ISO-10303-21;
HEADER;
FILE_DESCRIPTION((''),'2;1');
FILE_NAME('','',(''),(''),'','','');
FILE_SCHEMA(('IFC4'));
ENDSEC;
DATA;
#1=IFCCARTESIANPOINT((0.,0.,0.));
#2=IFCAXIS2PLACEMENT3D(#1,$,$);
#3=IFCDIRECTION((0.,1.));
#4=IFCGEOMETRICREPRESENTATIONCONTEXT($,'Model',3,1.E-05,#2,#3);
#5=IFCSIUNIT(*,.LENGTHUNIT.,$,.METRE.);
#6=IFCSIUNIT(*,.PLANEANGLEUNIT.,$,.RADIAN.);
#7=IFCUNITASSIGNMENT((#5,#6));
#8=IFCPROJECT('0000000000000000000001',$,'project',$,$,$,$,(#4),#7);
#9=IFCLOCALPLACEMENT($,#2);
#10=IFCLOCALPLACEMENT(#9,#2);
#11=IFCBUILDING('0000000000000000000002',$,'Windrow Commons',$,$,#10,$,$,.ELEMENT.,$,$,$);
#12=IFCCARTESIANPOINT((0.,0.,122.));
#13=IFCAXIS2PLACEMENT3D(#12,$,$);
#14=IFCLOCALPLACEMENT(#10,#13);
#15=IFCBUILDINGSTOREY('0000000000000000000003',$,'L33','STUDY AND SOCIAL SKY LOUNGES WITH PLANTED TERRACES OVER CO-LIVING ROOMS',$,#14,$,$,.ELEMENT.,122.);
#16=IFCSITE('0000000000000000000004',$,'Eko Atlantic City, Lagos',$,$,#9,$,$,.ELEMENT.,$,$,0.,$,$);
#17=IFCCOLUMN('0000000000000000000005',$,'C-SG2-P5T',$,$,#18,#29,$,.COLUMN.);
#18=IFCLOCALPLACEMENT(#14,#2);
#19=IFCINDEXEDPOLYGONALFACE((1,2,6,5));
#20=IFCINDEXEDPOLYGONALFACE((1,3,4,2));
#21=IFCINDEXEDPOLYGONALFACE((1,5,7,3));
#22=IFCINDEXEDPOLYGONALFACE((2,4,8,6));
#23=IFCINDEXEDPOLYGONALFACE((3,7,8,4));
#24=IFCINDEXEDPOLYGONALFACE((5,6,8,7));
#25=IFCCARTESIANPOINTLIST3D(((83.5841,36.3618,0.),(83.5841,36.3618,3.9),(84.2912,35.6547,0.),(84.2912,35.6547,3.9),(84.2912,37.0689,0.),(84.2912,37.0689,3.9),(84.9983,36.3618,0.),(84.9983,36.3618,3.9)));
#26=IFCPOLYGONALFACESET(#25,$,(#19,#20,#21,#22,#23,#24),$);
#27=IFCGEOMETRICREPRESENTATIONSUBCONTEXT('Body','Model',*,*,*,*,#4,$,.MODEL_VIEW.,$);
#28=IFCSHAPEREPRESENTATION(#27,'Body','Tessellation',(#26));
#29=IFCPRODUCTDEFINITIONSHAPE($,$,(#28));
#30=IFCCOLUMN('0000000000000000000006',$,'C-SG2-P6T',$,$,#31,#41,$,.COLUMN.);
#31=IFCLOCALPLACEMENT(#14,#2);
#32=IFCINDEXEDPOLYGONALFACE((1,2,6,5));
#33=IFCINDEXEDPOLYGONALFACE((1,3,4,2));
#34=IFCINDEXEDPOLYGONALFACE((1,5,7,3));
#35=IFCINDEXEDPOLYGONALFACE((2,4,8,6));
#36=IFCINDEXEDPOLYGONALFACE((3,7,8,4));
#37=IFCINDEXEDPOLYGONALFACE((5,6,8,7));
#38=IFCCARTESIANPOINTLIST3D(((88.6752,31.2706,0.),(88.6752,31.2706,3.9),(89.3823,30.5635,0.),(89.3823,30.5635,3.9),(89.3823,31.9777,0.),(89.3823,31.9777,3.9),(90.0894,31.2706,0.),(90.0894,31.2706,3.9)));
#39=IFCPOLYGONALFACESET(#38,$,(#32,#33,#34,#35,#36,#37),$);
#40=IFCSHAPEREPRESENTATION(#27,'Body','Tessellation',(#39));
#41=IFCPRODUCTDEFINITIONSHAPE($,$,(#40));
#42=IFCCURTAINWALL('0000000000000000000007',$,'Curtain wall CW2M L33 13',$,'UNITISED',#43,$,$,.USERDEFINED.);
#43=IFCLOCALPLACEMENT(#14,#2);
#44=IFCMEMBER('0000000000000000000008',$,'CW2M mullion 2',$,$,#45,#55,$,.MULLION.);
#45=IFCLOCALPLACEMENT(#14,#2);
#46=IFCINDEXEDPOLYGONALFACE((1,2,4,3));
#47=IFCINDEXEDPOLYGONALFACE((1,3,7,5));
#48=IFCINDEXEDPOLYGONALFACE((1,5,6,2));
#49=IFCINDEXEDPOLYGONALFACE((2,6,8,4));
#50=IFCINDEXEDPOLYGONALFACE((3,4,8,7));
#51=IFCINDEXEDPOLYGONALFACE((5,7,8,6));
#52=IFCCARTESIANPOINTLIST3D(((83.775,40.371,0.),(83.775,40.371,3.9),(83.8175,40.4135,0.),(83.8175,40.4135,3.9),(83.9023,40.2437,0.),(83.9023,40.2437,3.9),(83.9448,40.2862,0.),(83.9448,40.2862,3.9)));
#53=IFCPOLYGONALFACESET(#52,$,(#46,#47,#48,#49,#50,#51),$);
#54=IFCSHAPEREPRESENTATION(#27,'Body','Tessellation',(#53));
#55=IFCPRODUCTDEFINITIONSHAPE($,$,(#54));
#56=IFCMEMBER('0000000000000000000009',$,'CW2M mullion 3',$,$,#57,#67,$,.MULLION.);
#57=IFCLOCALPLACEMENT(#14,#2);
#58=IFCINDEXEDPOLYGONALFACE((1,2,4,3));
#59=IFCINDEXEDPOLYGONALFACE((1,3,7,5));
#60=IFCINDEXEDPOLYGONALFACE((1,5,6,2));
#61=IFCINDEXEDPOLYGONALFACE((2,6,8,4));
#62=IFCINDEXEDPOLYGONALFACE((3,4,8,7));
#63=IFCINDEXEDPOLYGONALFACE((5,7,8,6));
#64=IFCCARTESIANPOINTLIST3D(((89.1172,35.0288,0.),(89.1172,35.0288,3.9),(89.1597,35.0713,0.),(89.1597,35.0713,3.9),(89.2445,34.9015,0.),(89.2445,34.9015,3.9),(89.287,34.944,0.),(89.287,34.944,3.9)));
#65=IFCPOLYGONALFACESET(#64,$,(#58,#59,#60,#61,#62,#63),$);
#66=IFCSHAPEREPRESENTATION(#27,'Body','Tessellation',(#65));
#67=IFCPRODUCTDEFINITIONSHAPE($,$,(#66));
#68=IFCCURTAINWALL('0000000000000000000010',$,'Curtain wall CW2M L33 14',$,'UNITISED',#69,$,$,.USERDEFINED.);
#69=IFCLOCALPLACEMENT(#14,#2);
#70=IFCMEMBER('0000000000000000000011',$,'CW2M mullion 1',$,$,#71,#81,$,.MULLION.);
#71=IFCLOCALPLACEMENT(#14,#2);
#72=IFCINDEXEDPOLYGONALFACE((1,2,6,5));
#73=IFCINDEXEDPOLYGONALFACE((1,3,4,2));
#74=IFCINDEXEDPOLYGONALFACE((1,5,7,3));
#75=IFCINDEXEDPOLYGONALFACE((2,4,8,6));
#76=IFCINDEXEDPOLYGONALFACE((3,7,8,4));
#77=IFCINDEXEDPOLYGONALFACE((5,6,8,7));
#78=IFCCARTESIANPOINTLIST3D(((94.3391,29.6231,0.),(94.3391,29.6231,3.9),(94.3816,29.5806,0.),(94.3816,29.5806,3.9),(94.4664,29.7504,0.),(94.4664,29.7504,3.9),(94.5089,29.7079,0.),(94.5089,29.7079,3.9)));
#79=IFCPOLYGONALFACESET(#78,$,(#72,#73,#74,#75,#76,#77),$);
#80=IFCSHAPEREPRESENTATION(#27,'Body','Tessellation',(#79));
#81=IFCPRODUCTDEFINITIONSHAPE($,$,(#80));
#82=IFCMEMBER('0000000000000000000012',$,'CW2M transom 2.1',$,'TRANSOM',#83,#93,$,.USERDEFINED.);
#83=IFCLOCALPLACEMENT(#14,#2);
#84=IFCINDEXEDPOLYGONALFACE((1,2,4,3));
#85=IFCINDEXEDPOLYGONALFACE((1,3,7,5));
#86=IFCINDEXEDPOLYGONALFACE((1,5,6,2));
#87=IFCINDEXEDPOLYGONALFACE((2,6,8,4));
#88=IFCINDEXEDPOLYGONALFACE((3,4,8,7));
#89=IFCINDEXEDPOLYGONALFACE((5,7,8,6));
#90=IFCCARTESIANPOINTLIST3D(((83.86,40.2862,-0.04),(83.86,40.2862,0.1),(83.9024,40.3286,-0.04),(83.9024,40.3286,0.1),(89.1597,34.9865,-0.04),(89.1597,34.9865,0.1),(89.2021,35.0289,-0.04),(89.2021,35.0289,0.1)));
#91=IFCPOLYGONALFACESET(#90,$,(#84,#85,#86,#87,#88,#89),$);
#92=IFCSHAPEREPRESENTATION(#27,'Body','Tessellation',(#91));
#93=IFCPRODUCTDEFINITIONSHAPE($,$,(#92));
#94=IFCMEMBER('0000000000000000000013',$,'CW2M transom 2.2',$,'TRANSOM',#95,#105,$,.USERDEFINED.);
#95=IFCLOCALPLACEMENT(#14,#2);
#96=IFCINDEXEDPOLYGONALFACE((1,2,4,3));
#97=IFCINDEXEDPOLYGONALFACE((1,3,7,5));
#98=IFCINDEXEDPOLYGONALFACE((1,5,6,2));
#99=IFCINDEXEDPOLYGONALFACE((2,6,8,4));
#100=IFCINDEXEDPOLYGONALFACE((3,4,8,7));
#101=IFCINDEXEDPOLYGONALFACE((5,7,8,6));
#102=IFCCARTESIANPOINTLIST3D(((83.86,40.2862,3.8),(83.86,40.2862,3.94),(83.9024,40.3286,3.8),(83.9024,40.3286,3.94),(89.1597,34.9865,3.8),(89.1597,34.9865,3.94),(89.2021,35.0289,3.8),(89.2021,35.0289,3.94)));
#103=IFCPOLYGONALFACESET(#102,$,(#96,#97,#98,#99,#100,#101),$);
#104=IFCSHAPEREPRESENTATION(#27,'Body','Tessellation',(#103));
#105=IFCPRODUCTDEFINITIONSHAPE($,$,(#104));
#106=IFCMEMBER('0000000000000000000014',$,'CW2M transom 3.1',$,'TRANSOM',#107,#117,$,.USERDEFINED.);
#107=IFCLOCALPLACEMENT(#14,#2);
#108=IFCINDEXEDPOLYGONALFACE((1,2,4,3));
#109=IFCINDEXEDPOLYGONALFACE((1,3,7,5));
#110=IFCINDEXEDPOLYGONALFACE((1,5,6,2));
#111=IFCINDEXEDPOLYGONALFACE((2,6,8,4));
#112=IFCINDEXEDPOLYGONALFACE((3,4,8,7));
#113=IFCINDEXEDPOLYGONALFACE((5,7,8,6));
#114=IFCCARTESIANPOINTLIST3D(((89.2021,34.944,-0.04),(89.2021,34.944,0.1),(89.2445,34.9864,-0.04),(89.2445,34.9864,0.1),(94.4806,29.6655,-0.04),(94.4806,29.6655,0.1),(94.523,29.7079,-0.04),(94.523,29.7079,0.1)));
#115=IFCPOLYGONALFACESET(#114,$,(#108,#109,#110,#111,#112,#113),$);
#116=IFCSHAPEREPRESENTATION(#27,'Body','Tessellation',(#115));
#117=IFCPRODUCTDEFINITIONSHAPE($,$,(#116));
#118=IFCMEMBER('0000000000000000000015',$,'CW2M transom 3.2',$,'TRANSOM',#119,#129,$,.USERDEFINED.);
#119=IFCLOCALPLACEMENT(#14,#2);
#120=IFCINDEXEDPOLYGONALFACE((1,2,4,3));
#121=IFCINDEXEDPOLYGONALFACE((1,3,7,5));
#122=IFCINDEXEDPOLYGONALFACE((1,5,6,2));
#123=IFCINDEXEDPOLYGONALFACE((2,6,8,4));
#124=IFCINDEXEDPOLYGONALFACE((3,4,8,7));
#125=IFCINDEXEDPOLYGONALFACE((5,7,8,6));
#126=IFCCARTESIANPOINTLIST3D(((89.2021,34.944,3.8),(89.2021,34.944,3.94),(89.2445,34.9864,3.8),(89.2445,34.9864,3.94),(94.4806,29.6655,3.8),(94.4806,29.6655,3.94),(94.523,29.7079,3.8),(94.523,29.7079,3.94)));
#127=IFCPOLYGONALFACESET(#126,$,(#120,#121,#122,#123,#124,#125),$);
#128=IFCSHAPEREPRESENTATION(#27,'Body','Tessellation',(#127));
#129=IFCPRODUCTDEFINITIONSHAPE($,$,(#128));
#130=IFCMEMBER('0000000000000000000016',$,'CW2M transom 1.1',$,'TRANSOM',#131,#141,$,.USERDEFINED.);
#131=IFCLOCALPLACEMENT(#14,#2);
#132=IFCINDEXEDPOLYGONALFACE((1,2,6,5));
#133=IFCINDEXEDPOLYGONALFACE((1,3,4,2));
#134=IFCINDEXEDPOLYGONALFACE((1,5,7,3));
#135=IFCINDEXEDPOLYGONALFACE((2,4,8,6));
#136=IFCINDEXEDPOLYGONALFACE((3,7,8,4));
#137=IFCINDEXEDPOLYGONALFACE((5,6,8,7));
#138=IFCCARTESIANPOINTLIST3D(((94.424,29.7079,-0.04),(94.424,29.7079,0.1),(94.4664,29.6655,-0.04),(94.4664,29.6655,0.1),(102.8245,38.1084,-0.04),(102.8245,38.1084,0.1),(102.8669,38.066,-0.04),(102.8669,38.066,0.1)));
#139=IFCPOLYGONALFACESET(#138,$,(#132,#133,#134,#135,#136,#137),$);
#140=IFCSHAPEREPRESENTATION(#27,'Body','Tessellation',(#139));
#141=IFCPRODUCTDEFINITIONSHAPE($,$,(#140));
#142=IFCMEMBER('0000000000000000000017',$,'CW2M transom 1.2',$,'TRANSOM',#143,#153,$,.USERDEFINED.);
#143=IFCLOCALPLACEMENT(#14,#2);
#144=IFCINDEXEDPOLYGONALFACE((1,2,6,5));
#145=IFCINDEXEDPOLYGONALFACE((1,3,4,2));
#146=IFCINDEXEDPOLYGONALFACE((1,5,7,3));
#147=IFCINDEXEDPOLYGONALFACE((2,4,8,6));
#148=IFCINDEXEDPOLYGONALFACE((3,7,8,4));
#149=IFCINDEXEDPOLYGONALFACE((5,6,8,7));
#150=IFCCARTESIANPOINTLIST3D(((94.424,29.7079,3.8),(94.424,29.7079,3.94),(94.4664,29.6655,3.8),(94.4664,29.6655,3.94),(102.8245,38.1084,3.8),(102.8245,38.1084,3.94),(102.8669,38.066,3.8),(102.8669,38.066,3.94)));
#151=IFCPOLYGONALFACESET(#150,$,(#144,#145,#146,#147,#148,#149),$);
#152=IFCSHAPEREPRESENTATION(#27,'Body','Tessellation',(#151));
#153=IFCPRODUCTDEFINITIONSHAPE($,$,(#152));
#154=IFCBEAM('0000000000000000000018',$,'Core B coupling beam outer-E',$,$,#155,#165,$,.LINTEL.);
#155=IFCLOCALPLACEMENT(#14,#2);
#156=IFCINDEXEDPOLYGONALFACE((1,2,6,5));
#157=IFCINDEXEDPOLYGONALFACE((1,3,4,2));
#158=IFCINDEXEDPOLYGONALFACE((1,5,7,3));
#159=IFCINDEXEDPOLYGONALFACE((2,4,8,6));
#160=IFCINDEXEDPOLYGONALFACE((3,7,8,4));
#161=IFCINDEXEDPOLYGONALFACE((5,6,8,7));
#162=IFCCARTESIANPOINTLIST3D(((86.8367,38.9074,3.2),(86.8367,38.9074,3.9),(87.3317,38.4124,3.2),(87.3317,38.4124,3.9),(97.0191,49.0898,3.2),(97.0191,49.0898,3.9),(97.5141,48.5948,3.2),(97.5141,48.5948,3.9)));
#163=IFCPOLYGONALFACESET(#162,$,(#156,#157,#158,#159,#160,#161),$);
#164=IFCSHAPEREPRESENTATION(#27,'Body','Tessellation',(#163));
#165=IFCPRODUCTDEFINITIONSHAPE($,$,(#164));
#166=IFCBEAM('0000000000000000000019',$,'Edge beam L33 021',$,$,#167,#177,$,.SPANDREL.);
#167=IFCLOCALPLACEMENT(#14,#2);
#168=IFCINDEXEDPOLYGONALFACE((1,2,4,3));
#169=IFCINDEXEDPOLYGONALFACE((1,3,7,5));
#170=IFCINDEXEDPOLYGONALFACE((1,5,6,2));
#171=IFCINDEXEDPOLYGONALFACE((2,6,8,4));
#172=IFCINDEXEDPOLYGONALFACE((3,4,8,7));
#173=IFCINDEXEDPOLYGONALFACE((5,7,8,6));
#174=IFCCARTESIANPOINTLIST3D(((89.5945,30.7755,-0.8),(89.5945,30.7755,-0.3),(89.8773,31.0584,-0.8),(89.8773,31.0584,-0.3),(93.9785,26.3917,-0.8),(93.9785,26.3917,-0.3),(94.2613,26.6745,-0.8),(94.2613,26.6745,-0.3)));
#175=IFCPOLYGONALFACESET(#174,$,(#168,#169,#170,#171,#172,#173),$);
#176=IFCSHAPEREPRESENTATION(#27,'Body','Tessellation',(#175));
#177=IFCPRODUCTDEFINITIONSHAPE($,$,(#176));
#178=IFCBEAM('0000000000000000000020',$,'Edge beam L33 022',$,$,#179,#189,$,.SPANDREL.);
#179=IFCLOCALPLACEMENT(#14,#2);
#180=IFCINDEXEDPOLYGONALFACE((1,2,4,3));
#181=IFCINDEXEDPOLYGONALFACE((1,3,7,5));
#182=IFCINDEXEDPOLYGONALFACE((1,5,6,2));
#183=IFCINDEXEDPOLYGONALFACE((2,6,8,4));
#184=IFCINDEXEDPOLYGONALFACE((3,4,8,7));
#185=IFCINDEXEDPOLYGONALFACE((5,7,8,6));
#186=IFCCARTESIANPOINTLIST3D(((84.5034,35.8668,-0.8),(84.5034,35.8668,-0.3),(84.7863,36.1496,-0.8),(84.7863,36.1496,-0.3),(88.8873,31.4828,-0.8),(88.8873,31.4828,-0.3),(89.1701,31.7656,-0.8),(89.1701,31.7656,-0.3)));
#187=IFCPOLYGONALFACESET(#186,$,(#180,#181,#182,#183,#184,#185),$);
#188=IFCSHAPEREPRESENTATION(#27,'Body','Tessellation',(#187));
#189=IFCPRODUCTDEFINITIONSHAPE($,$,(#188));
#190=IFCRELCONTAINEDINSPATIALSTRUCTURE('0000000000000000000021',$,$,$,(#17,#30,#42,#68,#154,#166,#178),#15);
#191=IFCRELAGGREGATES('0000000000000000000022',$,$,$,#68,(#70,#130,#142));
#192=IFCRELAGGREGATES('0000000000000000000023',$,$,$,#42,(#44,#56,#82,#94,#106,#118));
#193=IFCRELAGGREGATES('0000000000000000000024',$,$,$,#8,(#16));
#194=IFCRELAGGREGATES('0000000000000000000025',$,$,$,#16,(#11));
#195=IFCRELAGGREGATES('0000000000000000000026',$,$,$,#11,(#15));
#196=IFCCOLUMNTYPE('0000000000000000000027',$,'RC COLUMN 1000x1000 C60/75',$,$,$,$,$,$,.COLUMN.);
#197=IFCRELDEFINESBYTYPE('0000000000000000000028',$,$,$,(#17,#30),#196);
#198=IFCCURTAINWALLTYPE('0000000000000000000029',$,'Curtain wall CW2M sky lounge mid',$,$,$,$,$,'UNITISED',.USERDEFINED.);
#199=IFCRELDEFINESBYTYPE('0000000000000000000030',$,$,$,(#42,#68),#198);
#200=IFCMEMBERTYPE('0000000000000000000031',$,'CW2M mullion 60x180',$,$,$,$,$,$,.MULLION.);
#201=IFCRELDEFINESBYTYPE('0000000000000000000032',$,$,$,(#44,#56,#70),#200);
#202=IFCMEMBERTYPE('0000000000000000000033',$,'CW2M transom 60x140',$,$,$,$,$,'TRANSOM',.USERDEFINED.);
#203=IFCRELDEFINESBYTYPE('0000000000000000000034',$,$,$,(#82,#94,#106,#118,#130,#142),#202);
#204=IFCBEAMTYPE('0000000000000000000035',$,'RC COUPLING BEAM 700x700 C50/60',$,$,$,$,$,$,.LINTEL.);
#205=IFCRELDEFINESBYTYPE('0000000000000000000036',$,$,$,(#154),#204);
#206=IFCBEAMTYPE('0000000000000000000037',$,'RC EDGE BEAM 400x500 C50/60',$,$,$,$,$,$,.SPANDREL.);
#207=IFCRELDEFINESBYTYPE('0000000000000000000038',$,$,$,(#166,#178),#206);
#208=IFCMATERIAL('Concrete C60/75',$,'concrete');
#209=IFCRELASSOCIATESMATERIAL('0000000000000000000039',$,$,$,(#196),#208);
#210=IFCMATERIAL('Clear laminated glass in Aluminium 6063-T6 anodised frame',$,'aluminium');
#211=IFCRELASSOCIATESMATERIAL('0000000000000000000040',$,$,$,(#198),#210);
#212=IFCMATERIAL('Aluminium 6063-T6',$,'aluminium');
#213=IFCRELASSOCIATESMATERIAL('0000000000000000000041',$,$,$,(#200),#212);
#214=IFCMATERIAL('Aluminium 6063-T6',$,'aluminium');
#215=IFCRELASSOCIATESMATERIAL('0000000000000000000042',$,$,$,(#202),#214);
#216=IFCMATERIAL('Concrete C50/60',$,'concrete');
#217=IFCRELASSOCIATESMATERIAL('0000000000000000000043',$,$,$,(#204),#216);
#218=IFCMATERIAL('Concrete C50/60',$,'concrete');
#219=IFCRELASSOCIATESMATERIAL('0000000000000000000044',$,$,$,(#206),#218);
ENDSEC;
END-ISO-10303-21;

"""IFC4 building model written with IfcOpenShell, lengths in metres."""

from ifc_helpers import new_model, si_unit, direction, frame, origin, origin_2d, place, context, subcontext, project, spatial, rectangle, extrude, material, material_profile, profile_set, type_object, element, aggregate, save


model = new_model("IFC4")

# Units and contexts
model_context = context("Model", 3, precision=1e-05, world=origin(), true_north=direction((0.0, 1.0)))
body_context = subcontext(model_context, "Body", "Model", "MODEL_VIEW")
ifc_project = project(units=[si_unit("LENGTHUNIT", "METRE"), si_unit("PLANEANGLEUNIT", "RADIAN")], contexts=[model_context])

# Site, building, storey
site_placement = place(None, origin())
site = spatial("IfcSite", under=ifc_project, at=site_placement, Name="Eko Atlantic City, Lagos", CompositionType="ELEMENT", RefElevation=0.0)
building_placement = place(site_placement, origin())
building = spatial("IfcBuilding", under=site, at=building_placement, Name="Windrow Commons", CompositionType="ELEMENT")
storey_placement = place(building_placement, frame((0.0, 0.0, 122.0)))
storey = spatial("IfcBuildingStorey", under=building, at=storey_placement, Name="L33", Description="STUDY AND SOCIAL SKY LOUNGES WITH PLANTED TERRACES OVER CO-LIVING ROOMS", CompositionType="ELEMENT", Elevation=122.0)

# Columns
ifc_material_1 = material(Name="Concrete C60/75", Category="concrete")
ifc_material_profile_1 = material_profile(ifc_material_1, rectangle(XDim=1.0, YDim=1.0, at=origin_2d()))
ifc_profile_set_1 = profile_set([ifc_material_profile_1], Name="Concrete C60/75")
column_type = type_object("IfcColumnType", Name="RC COLUMN 1000x1000 C60/75", PredefinedType="COLUMN", material=ifc_profile_set_1)
for number, where, z_axis, x_axis, name in (
    (1, (84.2912, 36.3618, 0.0), (0.0, 0.0, 1.0), (0.707107, -0.707107, 0.0), "C-SG2-P5T"),
    (2, (89.3823, 31.2706, 0.0), (0.0, 0.0, 1.0), (0.707107, -0.707107, 0.0), "C-SG2-P6T"),
):
    element("IfcColumn", number, at=place(storey_placement, frame(where, z_axis=z_axis, x_axis=x_axis)), inside=storey, type_object=column_type, Name=name, PredefinedType="COLUMN", context=body_context, shape_type="SweptSolid", body=[
        extrude(rectangle(XDim=1.0, YDim=1.0, at=origin_2d()), origin(), (0.0, 0.0, 1.0), 3.9),
    ])

# Curtain wall, members
ifc_material_2 = material(Name="Clear laminated glass in Aluminium 6063-T6 anodised frame", Category="aluminium")
curtain_wall_type = type_object("IfcCurtainWallType", Name="Curtain wall CW2M sky lounge mid", ElementType="UNITISED", PredefinedType="USERDEFINED", material=ifc_material_2)
placement = place(storey_placement, origin())
curtain_wall_1 = element("IfcCurtainWall", 3, at=placement, inside=storey, type_object=curtain_wall_type, Name="Curtain wall CW2M L33 13", ObjectType="UNITISED", PredefinedType="USERDEFINED")
ifc_material_3 = material(Name="Aluminium 6063-T6", Category="aluminium")
ifc_material_profile_2 = material_profile(ifc_material_3, rectangle(XDim=0.06, YDim=0.18, at=origin_2d()))
ifc_profile_set_2 = profile_set([ifc_material_profile_2], Name="Aluminium 6063-T6")
member_type_1 = type_object("IfcMemberType", Name="CW2M mullion 60x180", PredefinedType="MULLION", material=ifc_profile_set_2)
member_1_placement = place(storey_placement, frame((83.8599, 40.3286, 0.0), z_axis=(0.0, 0.0, 1.0), x_axis=(0.707107, 0.707107, 0.0)))
member_1 = element("IfcMember", 4, at=member_1_placement, type_object=member_type_1, Name="CW2M mullion 2", PredefinedType="MULLION", context=body_context, shape_type="SweptSolid", body=[
    extrude(rectangle(XDim=0.06, YDim=0.18, at=origin_2d()), origin(), (0.0, 0.0, 1.0), 3.9),
])
member_2_placement = place(storey_placement, frame((89.2021, 34.9864, 0.0), z_axis=(0.0, 0.0, 1.0), x_axis=(0.707107, 0.707107, 0.0)))
member_2 = element("IfcMember", 5, at=member_2_placement, type_object=member_type_1, Name="CW2M mullion 3", PredefinedType="MULLION", context=body_context, shape_type="SweptSolid", body=[
    extrude(rectangle(XDim=0.06, YDim=0.18, at=origin_2d()), origin(), (0.0, 0.0, 1.0), 3.9),
])

# Curtain wall, member
curtain_wall_2 = element("IfcCurtainWall", 6, at=placement, inside=storey, type_object=curtain_wall_type, Name="Curtain wall CW2M L33 14", ObjectType="UNITISED", PredefinedType="USERDEFINED")
member_3_placement = place(storey_placement, frame((94.424, 29.6655, 0.0), z_axis=(0.0, 0.0, 1.0), x_axis=(-0.707107, 0.707107, 0.0)))
member_3 = element("IfcMember", 7, at=member_3_placement, type_object=member_type_1, Name="CW2M mullion 1", PredefinedType="MULLION", context=body_context, shape_type="SweptSolid", body=[
    extrude(rectangle(XDim=0.06, YDim=0.18, at=origin_2d()), origin(), (0.0, 0.0, 1.0), 3.9),
])

# Members
ifc_material_4 = material(Name="Aluminium 6063-T6", Category="aluminium")
ifc_material_profile_3 = material_profile(ifc_material_4, rectangle(XDim=0.06, YDim=0.14, at=origin_2d()))
ifc_profile_set_3 = profile_set([ifc_material_profile_3], Name="Aluminium 6063-T6")
member_type_2 = type_object("IfcMemberType", Name="CW2M transom 60x140", ElementType="TRANSOM", PredefinedType="USERDEFINED", material=ifc_profile_set_3)
member_4_placement = place(storey_placement, frame((83.8812, 40.3074, 0.03), z_axis=(0.707107, -0.707107, 0.0), x_axis=(0.707107, 0.707107, 0.0)))
member_4 = element("IfcMember", 8, at=member_4_placement, type_object=member_type_2, Name="CW2M transom 2.1", ObjectType="TRANSOM", PredefinedType="USERDEFINED", context=body_context, shape_type="SweptSolid", body=[
    extrude(rectangle(XDim=0.06, YDim=0.14, at=origin_2d()), origin(), (0.0, 0.0, 1.0), 7.4949),
])
member_5_placement = place(storey_placement, frame((83.8812, 40.3074, 3.87), z_axis=(0.707107, -0.707107, 0.0), x_axis=(0.707107, 0.707107, 0.0)))
member_5 = element("IfcMember", 9, at=member_5_placement, type_object=member_type_2, Name="CW2M transom 2.2", ObjectType="TRANSOM", PredefinedType="USERDEFINED", context=body_context, shape_type="SweptSolid", body=[
    extrude(rectangle(XDim=0.06, YDim=0.14, at=origin_2d()), origin(), (0.0, 0.0, 1.0), 7.4949),
])
member_6_placement = place(storey_placement, frame((89.2233, 34.9652, 0.03), z_axis=(0.707107, -0.707107, 0.0), x_axis=(0.707107, 0.707107, 0.0)))
member_6 = element("IfcMember", 10, at=member_6_placement, type_object=member_type_2, Name="CW2M transom 3.1", ObjectType="TRANSOM", PredefinedType="USERDEFINED", context=body_context, shape_type="SweptSolid", body=[
    extrude(rectangle(XDim=0.06, YDim=0.14, at=origin_2d()), origin(), (0.0, 0.0, 1.0), 7.4649),
])
member_7_placement = place(storey_placement, frame((89.2233, 34.9652, 3.87), z_axis=(0.707107, -0.707107, 0.0), x_axis=(0.707107, 0.707107, 0.0)))
member_7 = element("IfcMember", 11, at=member_7_placement, type_object=member_type_2, Name="CW2M transom 3.2", ObjectType="TRANSOM", PredefinedType="USERDEFINED", context=body_context, shape_type="SweptSolid", body=[
    extrude(rectangle(XDim=0.06, YDim=0.14, at=origin_2d()), origin(), (0.0, 0.0, 1.0), 7.4649),
])
member_8_placement = place(storey_placement, frame((94.4452, 29.6867, 0.03), z_axis=(0.707107, 0.707107, 0.0), x_axis=(-0.707107, 0.707107, 0.0)))
member_8 = element("IfcMember", 12, at=member_8_placement, type_object=member_type_2, Name="CW2M transom 1.1", ObjectType="TRANSOM", PredefinedType="USERDEFINED", context=body_context, shape_type="SweptSolid", body=[
    extrude(rectangle(XDim=0.06, YDim=0.14, at=origin_2d()), origin(), (0.0, 0.0, 1.0), 11.8801),
])
member_9_placement = place(storey_placement, frame((94.4452, 29.6867, 3.87), z_axis=(0.707107, 0.707107, 0.0), x_axis=(-0.707107, 0.707107, 0.0)))
member_9 = element("IfcMember", 13, at=member_9_placement, type_object=member_type_2, Name="CW2M transom 1.2", ObjectType="TRANSOM", PredefinedType="USERDEFINED", context=body_context, shape_type="SweptSolid", body=[
    extrude(rectangle(XDim=0.06, YDim=0.14, at=origin_2d()), origin(), (0.0, 0.0, 1.0), 11.8801),
])
aggregate(curtain_wall_2, [member_3, member_8, member_9])

# Beams
ifc_material_5 = material(Name="Concrete C50/60", Category="concrete")
ifc_material_profile_4 = material_profile(ifc_material_5, rectangle(XDim=0.7, YDim=0.7, at=origin_2d()))
ifc_profile_set_4 = profile_set([ifc_material_profile_4], Name="Concrete C50/60")
beam_type_1 = type_object("IfcBeamType", Name="RC COUPLING BEAM 700x700 C50/60", PredefinedType="LINTEL", material=ifc_profile_set_4)
beam_placement = place(storey_placement, frame((87.0842, 38.6599, 3.55), z_axis=(0.707107, 0.707107, 0.0), x_axis=(-0.707107, 0.707107, 0.0)))
element("IfcBeam", 14, at=beam_placement, inside=storey, type_object=beam_type_1, Name="Core B coupling beam outer-E", PredefinedType="LINTEL", context=body_context, shape_type="SweptSolid", body=[
    extrude(rectangle(XDim=0.7, YDim=0.7, at=origin_2d()), origin(), (0.0, 0.0, 1.0), 14.4001),
])
ifc_material_6 = material(Name="Concrete C50/60", Category="concrete")
ifc_material_profile_5 = material_profile(ifc_material_6, rectangle(XDim=0.4, YDim=0.5, at=origin_2d()))
ifc_profile_set_5 = profile_set([ifc_material_profile_5], Name="Concrete C50/60")
beam_type_2 = type_object("IfcBeamType", Name="RC EDGE BEAM 400x500 C50/60", PredefinedType="SPANDREL", material=ifc_profile_set_5)
for number, where, z_axis, x_axis, name in (
    (15, (94.1199, 26.5331, -0.55), (-0.707115, 0.707099, 0.0), (-0.707099, -0.707115, 0.0), "Edge beam L33 021"),
    (16, (89.0287, 31.6242, -0.55), (-0.707099, 0.707115, 0.0), (-0.707115, -0.707099, 0.0), "Edge beam L33 022"),
):
    element("IfcBeam", number, at=place(storey_placement, frame(where, z_axis=z_axis, x_axis=x_axis)), inside=storey, type_object=beam_type_2, Name=name, PredefinedType="SPANDREL", context=body_context, shape_type="SweptSolid", body=[
        extrude(rectangle(XDim=0.4, YDim=0.5, at=origin_2d()), origin(), (0.0, 0.0, 1.0), 6.1998),
    ])

aggregate(curtain_wall_1, [member_1, member_2, member_4, member_5, member_6, member_7])

save(model, "model.ifc")
